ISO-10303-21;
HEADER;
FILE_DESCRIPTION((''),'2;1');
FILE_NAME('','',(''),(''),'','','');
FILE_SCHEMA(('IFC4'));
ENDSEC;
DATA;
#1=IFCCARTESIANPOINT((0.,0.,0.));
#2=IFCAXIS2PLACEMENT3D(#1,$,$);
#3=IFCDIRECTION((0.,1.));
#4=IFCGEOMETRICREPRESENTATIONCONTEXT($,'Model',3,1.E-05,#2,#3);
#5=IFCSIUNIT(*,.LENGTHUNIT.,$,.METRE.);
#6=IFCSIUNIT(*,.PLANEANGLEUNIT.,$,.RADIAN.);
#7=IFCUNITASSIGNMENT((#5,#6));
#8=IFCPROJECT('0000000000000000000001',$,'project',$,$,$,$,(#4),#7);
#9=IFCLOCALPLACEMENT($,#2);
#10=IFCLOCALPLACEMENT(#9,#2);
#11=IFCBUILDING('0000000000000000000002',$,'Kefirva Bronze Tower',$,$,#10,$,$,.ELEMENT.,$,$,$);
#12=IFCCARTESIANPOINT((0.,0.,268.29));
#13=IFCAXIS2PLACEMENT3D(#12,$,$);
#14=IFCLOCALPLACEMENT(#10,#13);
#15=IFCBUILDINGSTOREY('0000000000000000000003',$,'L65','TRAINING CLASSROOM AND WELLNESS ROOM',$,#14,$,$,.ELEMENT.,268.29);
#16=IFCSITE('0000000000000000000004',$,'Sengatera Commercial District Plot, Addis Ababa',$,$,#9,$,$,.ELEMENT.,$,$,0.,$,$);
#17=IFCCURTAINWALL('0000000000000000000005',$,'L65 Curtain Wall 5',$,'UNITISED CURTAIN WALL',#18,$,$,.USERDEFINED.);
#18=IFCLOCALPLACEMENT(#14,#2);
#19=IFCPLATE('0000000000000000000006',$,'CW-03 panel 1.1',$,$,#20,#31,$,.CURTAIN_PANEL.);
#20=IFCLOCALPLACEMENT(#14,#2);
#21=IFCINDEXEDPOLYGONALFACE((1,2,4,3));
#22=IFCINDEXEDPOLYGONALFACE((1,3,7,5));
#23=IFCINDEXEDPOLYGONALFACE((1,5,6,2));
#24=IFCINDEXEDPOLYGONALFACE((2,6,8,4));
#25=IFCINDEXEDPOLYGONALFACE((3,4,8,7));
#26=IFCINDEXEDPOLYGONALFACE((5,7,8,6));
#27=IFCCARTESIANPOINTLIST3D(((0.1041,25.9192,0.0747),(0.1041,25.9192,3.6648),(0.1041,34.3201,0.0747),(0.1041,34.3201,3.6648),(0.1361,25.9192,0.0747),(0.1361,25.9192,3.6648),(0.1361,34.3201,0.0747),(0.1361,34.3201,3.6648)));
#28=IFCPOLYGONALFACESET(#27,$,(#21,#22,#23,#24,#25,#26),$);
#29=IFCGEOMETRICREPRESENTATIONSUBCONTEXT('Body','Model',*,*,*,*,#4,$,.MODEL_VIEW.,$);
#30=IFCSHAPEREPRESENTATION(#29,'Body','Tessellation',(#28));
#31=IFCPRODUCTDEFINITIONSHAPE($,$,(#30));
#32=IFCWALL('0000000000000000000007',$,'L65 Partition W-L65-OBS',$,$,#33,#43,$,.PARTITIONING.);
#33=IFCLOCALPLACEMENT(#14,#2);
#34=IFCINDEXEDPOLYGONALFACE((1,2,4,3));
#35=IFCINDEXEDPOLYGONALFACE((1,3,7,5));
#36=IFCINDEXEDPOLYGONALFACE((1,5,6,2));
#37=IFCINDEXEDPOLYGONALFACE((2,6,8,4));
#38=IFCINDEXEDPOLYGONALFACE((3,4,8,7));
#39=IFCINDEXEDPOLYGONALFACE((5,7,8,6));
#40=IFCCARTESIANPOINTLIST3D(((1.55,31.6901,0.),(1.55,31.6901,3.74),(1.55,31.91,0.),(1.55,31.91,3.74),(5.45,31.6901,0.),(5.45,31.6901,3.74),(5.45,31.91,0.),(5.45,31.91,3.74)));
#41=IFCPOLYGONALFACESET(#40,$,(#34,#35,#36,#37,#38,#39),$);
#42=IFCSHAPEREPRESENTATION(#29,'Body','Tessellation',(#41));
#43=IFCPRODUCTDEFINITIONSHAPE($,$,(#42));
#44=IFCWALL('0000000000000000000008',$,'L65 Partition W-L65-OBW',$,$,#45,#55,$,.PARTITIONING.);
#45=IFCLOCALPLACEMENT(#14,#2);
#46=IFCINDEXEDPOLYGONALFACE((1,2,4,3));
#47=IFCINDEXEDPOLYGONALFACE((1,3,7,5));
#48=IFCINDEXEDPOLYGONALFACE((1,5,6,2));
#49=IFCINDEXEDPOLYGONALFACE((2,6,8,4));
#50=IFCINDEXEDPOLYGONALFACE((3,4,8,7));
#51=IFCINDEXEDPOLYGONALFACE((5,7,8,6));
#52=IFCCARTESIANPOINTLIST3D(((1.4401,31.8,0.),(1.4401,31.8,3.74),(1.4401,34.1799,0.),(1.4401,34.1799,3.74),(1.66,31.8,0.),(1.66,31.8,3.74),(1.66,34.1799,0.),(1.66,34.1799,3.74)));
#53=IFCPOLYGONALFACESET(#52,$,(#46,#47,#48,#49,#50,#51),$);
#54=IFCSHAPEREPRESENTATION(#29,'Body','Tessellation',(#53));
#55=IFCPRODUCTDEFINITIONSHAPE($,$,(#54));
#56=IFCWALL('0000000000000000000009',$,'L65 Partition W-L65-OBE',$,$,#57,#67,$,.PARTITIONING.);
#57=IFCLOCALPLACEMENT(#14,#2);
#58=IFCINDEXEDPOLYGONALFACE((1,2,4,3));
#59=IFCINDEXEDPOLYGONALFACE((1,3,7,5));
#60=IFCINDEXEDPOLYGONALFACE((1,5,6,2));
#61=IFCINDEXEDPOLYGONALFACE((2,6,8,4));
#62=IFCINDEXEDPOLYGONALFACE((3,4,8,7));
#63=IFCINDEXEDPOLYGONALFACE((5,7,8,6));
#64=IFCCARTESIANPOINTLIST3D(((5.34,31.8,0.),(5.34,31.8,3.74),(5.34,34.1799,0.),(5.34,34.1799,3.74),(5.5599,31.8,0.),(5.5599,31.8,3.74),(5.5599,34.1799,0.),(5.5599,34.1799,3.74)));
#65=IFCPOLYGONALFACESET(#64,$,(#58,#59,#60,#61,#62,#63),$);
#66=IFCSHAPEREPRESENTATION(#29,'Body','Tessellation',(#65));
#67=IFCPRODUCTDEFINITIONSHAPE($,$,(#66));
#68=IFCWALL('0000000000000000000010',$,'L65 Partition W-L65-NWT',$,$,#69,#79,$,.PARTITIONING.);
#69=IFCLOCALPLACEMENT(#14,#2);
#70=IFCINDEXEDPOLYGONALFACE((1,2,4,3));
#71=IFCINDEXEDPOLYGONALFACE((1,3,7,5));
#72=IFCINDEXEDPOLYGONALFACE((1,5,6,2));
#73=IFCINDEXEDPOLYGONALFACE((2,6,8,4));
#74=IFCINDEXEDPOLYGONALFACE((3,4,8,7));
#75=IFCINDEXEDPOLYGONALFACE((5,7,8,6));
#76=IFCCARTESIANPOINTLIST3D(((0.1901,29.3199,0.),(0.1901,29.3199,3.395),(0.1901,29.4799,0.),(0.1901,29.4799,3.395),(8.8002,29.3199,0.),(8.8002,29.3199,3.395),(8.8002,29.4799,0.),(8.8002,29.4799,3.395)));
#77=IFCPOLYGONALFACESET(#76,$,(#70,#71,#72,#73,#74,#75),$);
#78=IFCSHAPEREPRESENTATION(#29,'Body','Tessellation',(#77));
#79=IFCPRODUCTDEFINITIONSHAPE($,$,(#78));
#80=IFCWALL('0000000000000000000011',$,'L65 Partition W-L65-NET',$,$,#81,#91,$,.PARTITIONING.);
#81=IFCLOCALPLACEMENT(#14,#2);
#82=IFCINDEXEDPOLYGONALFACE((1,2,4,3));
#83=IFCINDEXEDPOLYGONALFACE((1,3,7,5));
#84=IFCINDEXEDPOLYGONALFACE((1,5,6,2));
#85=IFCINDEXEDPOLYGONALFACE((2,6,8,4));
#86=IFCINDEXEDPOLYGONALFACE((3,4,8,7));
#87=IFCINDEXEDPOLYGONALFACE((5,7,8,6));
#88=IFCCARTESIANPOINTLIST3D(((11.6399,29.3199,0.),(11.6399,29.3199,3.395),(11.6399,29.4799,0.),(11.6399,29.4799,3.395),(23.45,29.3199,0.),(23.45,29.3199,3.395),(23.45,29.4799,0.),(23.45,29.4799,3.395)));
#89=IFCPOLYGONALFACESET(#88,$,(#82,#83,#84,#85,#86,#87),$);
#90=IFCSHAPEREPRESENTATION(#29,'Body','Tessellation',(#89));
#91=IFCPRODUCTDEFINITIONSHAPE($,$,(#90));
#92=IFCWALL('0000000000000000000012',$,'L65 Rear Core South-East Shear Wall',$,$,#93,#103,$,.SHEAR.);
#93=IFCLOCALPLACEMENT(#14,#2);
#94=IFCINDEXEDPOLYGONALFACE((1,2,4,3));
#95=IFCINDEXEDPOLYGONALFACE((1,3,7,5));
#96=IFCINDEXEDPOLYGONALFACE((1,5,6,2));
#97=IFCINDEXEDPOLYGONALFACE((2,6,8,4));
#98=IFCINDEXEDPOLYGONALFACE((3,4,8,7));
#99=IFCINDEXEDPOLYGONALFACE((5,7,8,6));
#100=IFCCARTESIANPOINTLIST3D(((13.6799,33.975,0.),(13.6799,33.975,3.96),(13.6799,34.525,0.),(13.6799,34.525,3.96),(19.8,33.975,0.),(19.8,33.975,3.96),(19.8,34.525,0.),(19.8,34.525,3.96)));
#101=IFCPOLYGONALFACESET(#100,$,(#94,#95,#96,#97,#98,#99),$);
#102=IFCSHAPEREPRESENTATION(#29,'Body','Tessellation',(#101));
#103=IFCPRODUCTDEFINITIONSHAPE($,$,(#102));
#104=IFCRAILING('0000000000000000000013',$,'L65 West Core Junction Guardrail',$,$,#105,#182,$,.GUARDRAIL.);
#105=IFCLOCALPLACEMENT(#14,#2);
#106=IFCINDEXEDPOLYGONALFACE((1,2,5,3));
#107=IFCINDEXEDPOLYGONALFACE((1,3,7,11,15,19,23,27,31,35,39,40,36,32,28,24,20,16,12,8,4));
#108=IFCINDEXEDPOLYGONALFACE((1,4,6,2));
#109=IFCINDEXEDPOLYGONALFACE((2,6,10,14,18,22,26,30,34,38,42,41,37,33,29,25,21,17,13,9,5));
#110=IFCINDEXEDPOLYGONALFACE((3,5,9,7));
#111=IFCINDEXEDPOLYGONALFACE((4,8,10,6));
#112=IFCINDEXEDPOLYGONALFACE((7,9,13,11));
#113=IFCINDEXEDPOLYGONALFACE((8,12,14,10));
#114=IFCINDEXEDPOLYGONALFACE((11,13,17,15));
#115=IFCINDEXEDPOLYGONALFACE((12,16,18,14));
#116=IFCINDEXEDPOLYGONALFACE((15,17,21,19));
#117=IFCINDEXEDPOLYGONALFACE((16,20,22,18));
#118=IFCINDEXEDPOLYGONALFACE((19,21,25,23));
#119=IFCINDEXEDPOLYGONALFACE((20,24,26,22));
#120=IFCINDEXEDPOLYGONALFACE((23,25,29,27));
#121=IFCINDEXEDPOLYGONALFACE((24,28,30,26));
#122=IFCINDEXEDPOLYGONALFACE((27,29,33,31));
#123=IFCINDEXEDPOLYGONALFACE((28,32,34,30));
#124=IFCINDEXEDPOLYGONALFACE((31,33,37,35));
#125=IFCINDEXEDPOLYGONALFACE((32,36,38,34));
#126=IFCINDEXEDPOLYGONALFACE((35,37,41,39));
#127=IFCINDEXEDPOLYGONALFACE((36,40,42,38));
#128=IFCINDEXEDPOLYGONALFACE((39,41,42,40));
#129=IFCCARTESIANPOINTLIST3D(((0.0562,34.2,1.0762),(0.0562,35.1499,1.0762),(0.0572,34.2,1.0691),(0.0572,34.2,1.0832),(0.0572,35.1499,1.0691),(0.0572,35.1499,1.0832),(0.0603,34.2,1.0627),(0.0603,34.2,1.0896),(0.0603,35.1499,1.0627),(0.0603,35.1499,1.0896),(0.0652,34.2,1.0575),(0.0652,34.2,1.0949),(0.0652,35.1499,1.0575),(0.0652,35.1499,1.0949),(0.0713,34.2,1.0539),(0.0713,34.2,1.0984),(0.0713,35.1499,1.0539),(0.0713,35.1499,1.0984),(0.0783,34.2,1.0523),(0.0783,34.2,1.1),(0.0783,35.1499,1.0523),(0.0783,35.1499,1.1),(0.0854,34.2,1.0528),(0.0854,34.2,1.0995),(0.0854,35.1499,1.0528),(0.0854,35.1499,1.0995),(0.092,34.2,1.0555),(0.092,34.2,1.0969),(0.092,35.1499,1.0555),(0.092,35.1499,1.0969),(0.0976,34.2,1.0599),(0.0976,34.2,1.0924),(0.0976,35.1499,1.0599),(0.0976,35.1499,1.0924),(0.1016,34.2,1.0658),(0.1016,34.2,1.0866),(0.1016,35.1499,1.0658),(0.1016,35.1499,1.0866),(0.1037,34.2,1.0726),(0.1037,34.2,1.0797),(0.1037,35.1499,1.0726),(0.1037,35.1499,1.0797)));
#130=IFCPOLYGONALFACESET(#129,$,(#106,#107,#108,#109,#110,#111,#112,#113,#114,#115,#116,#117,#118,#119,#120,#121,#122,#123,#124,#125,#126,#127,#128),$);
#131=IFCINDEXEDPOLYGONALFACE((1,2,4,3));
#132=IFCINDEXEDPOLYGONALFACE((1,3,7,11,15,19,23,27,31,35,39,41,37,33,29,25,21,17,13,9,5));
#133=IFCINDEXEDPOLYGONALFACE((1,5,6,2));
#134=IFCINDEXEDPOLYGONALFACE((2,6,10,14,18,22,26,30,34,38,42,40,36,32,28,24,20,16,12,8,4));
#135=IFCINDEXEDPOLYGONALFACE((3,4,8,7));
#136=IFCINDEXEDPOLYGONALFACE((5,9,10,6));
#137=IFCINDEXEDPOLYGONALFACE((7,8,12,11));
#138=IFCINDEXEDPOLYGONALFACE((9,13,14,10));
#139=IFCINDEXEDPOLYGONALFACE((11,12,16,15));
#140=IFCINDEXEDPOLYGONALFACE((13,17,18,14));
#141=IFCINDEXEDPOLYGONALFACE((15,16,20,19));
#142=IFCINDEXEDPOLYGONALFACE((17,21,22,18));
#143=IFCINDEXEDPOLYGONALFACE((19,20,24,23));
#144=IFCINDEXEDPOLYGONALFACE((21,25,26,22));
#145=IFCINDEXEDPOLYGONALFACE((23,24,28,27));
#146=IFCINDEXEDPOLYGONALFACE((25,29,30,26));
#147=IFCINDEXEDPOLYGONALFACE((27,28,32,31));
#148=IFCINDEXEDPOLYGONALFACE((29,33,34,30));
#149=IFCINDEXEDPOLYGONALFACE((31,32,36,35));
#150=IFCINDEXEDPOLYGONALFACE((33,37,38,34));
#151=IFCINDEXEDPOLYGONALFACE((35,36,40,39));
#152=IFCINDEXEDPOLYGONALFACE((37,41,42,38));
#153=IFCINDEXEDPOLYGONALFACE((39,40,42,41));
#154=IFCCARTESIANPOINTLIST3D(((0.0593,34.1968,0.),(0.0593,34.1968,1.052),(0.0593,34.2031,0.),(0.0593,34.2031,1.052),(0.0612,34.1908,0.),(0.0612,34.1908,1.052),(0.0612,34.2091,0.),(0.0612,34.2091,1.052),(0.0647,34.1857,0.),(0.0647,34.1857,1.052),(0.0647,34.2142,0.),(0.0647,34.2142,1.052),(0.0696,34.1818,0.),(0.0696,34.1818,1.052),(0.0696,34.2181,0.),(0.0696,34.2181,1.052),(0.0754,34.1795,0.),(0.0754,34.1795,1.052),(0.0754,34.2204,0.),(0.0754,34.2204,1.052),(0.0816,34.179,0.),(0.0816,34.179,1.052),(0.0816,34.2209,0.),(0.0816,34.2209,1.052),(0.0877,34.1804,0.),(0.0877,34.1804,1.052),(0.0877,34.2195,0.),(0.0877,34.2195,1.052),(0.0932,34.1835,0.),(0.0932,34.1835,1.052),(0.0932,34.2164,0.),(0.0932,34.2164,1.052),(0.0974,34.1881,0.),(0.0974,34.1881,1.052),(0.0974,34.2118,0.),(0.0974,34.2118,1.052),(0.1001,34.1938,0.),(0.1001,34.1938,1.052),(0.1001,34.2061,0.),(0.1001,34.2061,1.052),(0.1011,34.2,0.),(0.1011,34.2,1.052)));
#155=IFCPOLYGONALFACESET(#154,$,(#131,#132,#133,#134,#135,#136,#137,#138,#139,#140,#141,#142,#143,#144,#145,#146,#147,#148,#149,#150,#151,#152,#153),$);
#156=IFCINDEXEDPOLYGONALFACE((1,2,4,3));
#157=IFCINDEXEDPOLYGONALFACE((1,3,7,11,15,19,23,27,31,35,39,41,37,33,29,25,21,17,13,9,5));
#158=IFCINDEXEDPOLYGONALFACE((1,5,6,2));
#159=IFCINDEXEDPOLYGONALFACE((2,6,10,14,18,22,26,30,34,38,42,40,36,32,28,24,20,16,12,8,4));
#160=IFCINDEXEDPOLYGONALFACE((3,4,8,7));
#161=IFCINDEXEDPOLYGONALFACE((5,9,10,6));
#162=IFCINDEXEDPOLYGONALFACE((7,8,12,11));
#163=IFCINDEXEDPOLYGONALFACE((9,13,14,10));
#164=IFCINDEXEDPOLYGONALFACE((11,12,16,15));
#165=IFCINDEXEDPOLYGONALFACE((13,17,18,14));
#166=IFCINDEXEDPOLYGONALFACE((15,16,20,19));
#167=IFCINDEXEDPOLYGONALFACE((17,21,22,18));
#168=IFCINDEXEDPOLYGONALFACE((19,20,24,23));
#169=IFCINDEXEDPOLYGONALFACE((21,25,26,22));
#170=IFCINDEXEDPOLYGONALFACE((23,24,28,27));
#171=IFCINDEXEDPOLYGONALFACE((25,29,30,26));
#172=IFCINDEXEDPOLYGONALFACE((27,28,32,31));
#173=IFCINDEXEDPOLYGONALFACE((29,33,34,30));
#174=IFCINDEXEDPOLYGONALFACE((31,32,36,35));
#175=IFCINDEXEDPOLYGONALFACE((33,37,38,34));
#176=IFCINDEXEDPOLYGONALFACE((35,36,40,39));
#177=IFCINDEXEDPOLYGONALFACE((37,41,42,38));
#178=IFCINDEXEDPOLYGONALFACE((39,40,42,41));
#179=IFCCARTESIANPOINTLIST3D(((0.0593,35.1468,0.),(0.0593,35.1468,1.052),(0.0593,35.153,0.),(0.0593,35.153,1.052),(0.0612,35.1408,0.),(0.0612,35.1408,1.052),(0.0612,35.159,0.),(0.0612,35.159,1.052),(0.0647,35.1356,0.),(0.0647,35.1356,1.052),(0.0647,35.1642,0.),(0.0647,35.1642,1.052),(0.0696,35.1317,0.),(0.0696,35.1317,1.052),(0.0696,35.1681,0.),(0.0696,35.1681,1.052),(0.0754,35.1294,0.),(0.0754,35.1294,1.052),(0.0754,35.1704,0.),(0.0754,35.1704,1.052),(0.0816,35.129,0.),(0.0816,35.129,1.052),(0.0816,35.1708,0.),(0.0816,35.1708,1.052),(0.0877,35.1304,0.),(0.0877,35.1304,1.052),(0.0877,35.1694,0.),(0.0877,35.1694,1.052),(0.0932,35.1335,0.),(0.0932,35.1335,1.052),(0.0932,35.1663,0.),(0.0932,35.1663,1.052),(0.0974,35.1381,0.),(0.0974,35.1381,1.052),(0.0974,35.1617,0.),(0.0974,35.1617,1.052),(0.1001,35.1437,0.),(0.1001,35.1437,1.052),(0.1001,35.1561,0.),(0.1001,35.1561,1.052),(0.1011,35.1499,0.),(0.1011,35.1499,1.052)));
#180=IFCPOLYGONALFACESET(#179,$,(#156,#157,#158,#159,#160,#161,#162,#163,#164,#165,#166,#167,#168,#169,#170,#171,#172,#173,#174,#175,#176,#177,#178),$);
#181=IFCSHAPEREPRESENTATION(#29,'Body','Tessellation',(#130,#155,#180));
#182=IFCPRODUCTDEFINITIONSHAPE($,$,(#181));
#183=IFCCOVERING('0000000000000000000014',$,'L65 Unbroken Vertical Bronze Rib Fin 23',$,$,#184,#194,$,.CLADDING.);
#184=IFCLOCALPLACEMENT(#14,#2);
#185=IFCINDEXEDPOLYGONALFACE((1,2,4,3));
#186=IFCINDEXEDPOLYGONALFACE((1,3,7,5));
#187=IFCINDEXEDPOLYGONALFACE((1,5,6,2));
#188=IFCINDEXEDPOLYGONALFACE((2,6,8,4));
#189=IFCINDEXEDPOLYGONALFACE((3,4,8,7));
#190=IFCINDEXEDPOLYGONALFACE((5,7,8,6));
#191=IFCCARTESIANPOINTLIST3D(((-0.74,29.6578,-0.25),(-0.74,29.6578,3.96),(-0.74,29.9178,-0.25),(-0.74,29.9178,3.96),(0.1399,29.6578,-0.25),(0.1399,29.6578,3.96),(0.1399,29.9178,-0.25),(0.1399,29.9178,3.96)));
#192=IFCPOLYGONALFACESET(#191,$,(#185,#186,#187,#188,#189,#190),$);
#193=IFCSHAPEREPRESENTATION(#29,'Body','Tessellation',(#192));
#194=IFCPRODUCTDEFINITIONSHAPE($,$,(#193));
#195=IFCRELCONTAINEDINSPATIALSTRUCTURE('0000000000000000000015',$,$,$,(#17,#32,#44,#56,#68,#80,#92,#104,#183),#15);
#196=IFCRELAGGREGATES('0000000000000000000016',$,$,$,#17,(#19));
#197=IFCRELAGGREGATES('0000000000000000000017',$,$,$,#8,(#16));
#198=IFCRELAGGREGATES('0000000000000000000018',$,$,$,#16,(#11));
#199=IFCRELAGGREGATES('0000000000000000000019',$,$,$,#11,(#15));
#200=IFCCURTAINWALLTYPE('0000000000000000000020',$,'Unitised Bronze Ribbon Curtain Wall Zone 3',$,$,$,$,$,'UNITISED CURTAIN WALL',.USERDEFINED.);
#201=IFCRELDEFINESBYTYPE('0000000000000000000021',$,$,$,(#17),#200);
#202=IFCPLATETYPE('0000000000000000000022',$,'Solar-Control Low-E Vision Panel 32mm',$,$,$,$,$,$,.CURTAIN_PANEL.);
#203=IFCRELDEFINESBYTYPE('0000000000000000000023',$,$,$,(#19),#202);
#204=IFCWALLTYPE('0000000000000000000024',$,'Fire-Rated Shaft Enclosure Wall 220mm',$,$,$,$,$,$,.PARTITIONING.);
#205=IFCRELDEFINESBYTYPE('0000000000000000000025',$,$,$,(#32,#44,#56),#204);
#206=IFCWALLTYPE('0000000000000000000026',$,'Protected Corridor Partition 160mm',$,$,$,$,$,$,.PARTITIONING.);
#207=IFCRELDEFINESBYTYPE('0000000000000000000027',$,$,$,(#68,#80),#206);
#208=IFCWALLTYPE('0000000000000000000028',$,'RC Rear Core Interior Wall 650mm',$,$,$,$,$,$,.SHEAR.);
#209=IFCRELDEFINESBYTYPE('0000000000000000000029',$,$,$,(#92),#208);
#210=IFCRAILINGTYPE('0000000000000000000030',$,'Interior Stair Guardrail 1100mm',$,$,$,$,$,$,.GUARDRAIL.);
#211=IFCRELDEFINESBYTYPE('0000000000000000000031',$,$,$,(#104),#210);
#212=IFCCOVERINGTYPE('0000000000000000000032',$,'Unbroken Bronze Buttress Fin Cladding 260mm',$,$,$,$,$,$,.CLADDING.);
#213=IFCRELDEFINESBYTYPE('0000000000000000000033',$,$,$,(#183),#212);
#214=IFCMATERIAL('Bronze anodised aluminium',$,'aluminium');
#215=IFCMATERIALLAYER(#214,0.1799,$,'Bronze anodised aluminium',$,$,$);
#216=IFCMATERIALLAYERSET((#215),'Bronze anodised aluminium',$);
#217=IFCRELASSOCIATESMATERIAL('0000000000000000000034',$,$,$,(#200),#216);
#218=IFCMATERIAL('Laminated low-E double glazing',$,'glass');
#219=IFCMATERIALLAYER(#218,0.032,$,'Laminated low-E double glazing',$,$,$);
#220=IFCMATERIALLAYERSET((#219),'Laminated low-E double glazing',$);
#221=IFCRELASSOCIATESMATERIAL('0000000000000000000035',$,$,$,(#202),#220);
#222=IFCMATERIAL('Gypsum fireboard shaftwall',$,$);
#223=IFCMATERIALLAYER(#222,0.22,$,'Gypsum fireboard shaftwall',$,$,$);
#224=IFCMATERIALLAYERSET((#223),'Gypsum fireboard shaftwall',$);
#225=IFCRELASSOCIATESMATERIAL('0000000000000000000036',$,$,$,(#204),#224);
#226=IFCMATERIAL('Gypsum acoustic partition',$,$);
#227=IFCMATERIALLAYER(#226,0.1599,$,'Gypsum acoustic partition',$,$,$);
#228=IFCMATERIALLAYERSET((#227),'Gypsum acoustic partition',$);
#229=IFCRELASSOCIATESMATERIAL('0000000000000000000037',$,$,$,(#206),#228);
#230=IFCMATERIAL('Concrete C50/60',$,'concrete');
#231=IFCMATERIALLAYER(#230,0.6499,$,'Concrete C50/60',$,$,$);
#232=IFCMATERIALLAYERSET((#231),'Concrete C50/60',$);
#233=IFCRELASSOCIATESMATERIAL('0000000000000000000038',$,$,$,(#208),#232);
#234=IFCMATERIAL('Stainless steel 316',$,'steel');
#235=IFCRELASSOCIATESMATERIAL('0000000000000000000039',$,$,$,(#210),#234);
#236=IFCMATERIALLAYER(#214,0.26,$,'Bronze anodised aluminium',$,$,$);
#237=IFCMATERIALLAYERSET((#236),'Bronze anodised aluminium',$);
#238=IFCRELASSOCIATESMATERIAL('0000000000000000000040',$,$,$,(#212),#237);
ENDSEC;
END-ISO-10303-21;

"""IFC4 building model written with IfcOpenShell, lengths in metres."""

from ifc_helpers import new_model, si_unit, direction, frame, frame_2d, origin, origin_2d, place, context, subcontext, project, spatial, rectangle, circle, extrude, material, layer, layer_set, type_object, element, aggregate, save


model = new_model("IFC4")

# Units and contexts
model_context = context("Model", 3, precision=1e-05, world=origin(), true_north=direction((0.0, 1.0)))
body_context = subcontext(model_context, "Body", "Model", "MODEL_VIEW")
ifc_project = project(units=[si_unit("LENGTHUNIT", "METRE"), si_unit("PLANEANGLEUNIT", "RADIAN")], contexts=[model_context])

# Site, building, storey
site_placement = place(None, origin())
site = spatial("IfcSite", under=ifc_project, at=site_placement, Name="Sengatera Commercial District Plot, Addis Ababa", CompositionType="ELEMENT", RefElevation=0.0)
building_placement = place(site_placement, origin())
building = spatial("IfcBuilding", under=site, at=building_placement, Name="Kefirva Bronze Tower", CompositionType="ELEMENT")
storey_placement = place(building_placement, frame((0.0, 0.0, 268.29)))
storey = spatial("IfcBuildingStorey", under=building, at=storey_placement, Name="L65", Description="TRAINING CLASSROOM AND WELLNESS ROOM", CompositionType="ELEMENT", Elevation=268.29)

# Shared definitions
ifc_material_1 = material(Name="Concrete C50/60", Category="concrete")

# Curtain wall
ifc_material_2 = material(Name="Bronze anodised aluminium", Category="aluminium")
ifc_layer_1 = layer(ifc_material_2, 0.1799, Name="Bronze anodised aluminium")
ifc_layer_set_1 = layer_set([ifc_layer_1], Name="Bronze anodised aluminium")
curtain_wall_type = type_object("IfcCurtainWallType", Name="Unitised Bronze Ribbon Curtain Wall Zone 3", ElementType="UNITISED CURTAIN WALL", PredefinedType="USERDEFINED", material=ifc_layer_set_1)
curtain_wall_placement = place(storey_placement, origin())
curtain_wall = element("IfcCurtainWall", 1, at=curtain_wall_placement, inside=storey, type_object=curtain_wall_type, Name="L65 Curtain Wall 5", ObjectType="UNITISED CURTAIN WALL", PredefinedType="USERDEFINED")

# Plate
ifc_material_3 = material(Name="Laminated low-E double glazing", Category="glass")
ifc_layer_2 = layer(ifc_material_3, 0.032, Name="Laminated low-E double glazing")
ifc_layer_set_2 = layer_set([ifc_layer_2], Name="Laminated low-E double glazing")
plate_type = type_object("IfcPlateType", Name="Solar-Control Low-E Vision Panel 32mm", PredefinedType="CURTAIN_PANEL", material=ifc_layer_set_2)
plate_placement = place(storey_placement, frame((0.1201, 30.1196, 0.0747), z_axis=(0.0, 0.0, 1.0), x_axis=(0.0, -1.0, 0.0)))
plate = element("IfcPlate", 2, at=plate_placement, type_object=plate_type, Name="CW-03 panel 1.1", PredefinedType="CURTAIN_PANEL", context=body_context, shape_type="SweptSolid", body=[
    extrude(rectangle(XDim=8.4009, YDim=0.032, at=origin_2d()), origin(), (0.0, 0.0, 1.0), 3.5901),
])
aggregate(curtain_wall, [plate])

# Walls
ifc_material_4 = material(Name="Gypsum fireboard shaftwall")
ifc_layer_3 = layer(ifc_material_4, 0.22, Name="Gypsum fireboard shaftwall")
ifc_layer_set_3 = layer_set([ifc_layer_3], Name="Gypsum fireboard shaftwall")
wall_type_1 = type_object("IfcWallType", Name="Fire-Rated Shaft Enclosure Wall 220mm", PredefinedType="PARTITIONING", material=ifc_layer_set_3)
wall_1_placement = place(storey_placement, frame((1.55, 31.8, 0.0), z_axis=(0.0, 0.0, 1.0), x_axis=(1.0, 0.0, 0.0)))
element("IfcWall", 3, at=wall_1_placement, inside=storey, type_object=wall_type_1, Name="L65 Partition W-L65-OBS", PredefinedType="PARTITIONING", context=body_context, shape_type="SweptSolid", body=[
    extrude(rectangle(XDim=3.8999, YDim=0.22, at=frame_2d((1.95, 0.0))), origin(), (0.0, 0.0, 1.0), 3.74),
])
for number, where, z_axis, x_axis, name in (
    (4, (1.55, 31.8, 0.0), (0.0, 0.0, 1.0), (0.0, 1.0, 0.0), "L65 Partition W-L65-OBW"),
    (5, (5.45, 31.8, 0.0), (0.0, 0.0, 1.0), (0.0, 1.0, 0.0), "L65 Partition W-L65-OBE"),
):
    element("IfcWall", number, at=place(storey_placement, frame(where, z_axis=z_axis, x_axis=x_axis)), inside=storey, type_object=wall_type_1, Name=name, PredefinedType="PARTITIONING", context=body_context, shape_type="SweptSolid", body=[
        extrude(rectangle(XDim=2.3799, YDim=0.22, at=frame_2d((1.1899, 0.0))), origin(), (0.0, 0.0, 1.0), 3.74),
    ])
ifc_material_5 = material(Name="Gypsum acoustic partition")
ifc_layer_4 = layer(ifc_material_5, 0.1599, Name="Gypsum acoustic partition")
ifc_layer_set_4 = layer_set([ifc_layer_4], Name="Gypsum acoustic partition")
wall_type_2 = type_object("IfcWallType", Name="Protected Corridor Partition 160mm", PredefinedType="PARTITIONING", material=ifc_layer_set_4)
wall_2_placement = place(storey_placement, frame((0.1899, 29.3999, 0.0), z_axis=(0.0, 0.0, 1.0), x_axis=(1.0, 0.0, 0.0)))
element("IfcWall", 6, at=wall_2_placement, inside=storey, type_object=wall_type_2, Name="L65 Partition W-L65-NWT", PredefinedType="PARTITIONING", context=body_context, shape_type="SweptSolid", body=[
    extrude(rectangle(XDim=8.6101, YDim=0.1599, at=frame_2d((4.3052, 0.0))), origin(), (0.0, 0.0, 1.0), 3.395),
])
wall_3_placement = place(storey_placement, frame((11.6399, 29.3999, 0.0), z_axis=(0.0, 0.0, 1.0), x_axis=(1.0, 0.0, 0.0)))
element("IfcWall", 7, at=wall_3_placement, inside=storey, type_object=wall_type_2, Name="L65 Partition W-L65-NET", PredefinedType="PARTITIONING", context=body_context, shape_type="SweptSolid", body=[
    extrude(rectangle(XDim=11.8101, YDim=0.1599, at=frame_2d((5.905, 0.0))), origin(), (0.0, 0.0, 1.0), 3.395),
])

# Shared definitions
ifc_layer_5 = layer(ifc_material_1, 0.6499, Name="Concrete C50/60")
ifc_layer_set_5 = layer_set([ifc_layer_5], Name="Concrete C50/60")
wall_type_3 = type_object("IfcWallType", Name="RC Rear Core Interior Wall 650mm", PredefinedType="SHEAR", material=ifc_layer_set_5)

# Wall
wall_4_placement = place(storey_placement, frame((13.6799, 34.25, 0.0), z_axis=(0.0, 0.0, 1.0), x_axis=(1.0, 0.0, 0.0)))
element("IfcWall", 8, at=wall_4_placement, inside=storey, type_object=wall_type_3, Name="L65 Rear Core South-East Shear Wall", PredefinedType="SHEAR", context=body_context, shape_type="SweptSolid", body=[
    extrude(rectangle(XDim=6.1201, YDim=0.55, at=frame_2d((3.0601, 0.0))), origin(), (0.0, 0.0, 1.0), 3.96),
])

# Railing
ifc_material_6 = material(Name="Stainless steel 316", Category="steel")
railing_type = type_object("IfcRailingType", Name="Interior Stair Guardrail 1100mm", PredefinedType="GUARDRAIL", material=ifc_material_6)
railing_placement = place(storey_placement, frame((0.0801, 34.2, 0.0)))
element("IfcRailing", 9, at=railing_placement, inside=storey, type_object=railing_type, Name="L65 West Core Junction Guardrail", PredefinedType="GUARDRAIL", context=body_context, shape_type="SweptSolid", body=[
    extrude(circle(Radius=0.0239, at=origin_2d()), frame((0.0, 0.0, 1.0762), z_axis=(0.0, 1.0, 0.0), x_axis=(-1.0, 0.0, 0.0)), (0.0, 0.0, 1.0), 0.95),
    extrude(circle(Radius=0.021, at=origin_2d()), origin(), (0.0, 0.0, 1.0), 1.052),
    extrude(circle(Radius=0.021, at=origin_2d()), frame((0.0, 0.95, 0.0)), (0.0, 0.0, 1.0), 1.052),
])

# Covering
ifc_layer_6 = layer(ifc_material_2, 0.26, Name="Bronze anodised aluminium")
ifc_layer_set_6 = layer_set([ifc_layer_6], Name="Bronze anodised aluminium")
covering_type = type_object("IfcCoveringType", Name="Unbroken Bronze Buttress Fin Cladding 260mm", PredefinedType="CLADDING", material=ifc_layer_set_6)
covering_placement = place(storey_placement, frame((-0.3, 29.7878, -0.25), z_axis=(0.0, 0.0, 1.0), x_axis=(0.0, -1.0, 0.0)))
element("IfcCovering", 10, at=covering_placement, inside=storey, type_object=covering_type, Name="L65 Unbroken Vertical Bronze Rib Fin 23", PredefinedType="CLADDING", context=body_context, shape_type="SweptSolid", body=[
    extrude(rectangle(XDim=0.26, YDim=0.8799, at=origin_2d()), origin(), (0.0, 0.0, 1.0), 4.21),
])

save(model, "model.ifc")
